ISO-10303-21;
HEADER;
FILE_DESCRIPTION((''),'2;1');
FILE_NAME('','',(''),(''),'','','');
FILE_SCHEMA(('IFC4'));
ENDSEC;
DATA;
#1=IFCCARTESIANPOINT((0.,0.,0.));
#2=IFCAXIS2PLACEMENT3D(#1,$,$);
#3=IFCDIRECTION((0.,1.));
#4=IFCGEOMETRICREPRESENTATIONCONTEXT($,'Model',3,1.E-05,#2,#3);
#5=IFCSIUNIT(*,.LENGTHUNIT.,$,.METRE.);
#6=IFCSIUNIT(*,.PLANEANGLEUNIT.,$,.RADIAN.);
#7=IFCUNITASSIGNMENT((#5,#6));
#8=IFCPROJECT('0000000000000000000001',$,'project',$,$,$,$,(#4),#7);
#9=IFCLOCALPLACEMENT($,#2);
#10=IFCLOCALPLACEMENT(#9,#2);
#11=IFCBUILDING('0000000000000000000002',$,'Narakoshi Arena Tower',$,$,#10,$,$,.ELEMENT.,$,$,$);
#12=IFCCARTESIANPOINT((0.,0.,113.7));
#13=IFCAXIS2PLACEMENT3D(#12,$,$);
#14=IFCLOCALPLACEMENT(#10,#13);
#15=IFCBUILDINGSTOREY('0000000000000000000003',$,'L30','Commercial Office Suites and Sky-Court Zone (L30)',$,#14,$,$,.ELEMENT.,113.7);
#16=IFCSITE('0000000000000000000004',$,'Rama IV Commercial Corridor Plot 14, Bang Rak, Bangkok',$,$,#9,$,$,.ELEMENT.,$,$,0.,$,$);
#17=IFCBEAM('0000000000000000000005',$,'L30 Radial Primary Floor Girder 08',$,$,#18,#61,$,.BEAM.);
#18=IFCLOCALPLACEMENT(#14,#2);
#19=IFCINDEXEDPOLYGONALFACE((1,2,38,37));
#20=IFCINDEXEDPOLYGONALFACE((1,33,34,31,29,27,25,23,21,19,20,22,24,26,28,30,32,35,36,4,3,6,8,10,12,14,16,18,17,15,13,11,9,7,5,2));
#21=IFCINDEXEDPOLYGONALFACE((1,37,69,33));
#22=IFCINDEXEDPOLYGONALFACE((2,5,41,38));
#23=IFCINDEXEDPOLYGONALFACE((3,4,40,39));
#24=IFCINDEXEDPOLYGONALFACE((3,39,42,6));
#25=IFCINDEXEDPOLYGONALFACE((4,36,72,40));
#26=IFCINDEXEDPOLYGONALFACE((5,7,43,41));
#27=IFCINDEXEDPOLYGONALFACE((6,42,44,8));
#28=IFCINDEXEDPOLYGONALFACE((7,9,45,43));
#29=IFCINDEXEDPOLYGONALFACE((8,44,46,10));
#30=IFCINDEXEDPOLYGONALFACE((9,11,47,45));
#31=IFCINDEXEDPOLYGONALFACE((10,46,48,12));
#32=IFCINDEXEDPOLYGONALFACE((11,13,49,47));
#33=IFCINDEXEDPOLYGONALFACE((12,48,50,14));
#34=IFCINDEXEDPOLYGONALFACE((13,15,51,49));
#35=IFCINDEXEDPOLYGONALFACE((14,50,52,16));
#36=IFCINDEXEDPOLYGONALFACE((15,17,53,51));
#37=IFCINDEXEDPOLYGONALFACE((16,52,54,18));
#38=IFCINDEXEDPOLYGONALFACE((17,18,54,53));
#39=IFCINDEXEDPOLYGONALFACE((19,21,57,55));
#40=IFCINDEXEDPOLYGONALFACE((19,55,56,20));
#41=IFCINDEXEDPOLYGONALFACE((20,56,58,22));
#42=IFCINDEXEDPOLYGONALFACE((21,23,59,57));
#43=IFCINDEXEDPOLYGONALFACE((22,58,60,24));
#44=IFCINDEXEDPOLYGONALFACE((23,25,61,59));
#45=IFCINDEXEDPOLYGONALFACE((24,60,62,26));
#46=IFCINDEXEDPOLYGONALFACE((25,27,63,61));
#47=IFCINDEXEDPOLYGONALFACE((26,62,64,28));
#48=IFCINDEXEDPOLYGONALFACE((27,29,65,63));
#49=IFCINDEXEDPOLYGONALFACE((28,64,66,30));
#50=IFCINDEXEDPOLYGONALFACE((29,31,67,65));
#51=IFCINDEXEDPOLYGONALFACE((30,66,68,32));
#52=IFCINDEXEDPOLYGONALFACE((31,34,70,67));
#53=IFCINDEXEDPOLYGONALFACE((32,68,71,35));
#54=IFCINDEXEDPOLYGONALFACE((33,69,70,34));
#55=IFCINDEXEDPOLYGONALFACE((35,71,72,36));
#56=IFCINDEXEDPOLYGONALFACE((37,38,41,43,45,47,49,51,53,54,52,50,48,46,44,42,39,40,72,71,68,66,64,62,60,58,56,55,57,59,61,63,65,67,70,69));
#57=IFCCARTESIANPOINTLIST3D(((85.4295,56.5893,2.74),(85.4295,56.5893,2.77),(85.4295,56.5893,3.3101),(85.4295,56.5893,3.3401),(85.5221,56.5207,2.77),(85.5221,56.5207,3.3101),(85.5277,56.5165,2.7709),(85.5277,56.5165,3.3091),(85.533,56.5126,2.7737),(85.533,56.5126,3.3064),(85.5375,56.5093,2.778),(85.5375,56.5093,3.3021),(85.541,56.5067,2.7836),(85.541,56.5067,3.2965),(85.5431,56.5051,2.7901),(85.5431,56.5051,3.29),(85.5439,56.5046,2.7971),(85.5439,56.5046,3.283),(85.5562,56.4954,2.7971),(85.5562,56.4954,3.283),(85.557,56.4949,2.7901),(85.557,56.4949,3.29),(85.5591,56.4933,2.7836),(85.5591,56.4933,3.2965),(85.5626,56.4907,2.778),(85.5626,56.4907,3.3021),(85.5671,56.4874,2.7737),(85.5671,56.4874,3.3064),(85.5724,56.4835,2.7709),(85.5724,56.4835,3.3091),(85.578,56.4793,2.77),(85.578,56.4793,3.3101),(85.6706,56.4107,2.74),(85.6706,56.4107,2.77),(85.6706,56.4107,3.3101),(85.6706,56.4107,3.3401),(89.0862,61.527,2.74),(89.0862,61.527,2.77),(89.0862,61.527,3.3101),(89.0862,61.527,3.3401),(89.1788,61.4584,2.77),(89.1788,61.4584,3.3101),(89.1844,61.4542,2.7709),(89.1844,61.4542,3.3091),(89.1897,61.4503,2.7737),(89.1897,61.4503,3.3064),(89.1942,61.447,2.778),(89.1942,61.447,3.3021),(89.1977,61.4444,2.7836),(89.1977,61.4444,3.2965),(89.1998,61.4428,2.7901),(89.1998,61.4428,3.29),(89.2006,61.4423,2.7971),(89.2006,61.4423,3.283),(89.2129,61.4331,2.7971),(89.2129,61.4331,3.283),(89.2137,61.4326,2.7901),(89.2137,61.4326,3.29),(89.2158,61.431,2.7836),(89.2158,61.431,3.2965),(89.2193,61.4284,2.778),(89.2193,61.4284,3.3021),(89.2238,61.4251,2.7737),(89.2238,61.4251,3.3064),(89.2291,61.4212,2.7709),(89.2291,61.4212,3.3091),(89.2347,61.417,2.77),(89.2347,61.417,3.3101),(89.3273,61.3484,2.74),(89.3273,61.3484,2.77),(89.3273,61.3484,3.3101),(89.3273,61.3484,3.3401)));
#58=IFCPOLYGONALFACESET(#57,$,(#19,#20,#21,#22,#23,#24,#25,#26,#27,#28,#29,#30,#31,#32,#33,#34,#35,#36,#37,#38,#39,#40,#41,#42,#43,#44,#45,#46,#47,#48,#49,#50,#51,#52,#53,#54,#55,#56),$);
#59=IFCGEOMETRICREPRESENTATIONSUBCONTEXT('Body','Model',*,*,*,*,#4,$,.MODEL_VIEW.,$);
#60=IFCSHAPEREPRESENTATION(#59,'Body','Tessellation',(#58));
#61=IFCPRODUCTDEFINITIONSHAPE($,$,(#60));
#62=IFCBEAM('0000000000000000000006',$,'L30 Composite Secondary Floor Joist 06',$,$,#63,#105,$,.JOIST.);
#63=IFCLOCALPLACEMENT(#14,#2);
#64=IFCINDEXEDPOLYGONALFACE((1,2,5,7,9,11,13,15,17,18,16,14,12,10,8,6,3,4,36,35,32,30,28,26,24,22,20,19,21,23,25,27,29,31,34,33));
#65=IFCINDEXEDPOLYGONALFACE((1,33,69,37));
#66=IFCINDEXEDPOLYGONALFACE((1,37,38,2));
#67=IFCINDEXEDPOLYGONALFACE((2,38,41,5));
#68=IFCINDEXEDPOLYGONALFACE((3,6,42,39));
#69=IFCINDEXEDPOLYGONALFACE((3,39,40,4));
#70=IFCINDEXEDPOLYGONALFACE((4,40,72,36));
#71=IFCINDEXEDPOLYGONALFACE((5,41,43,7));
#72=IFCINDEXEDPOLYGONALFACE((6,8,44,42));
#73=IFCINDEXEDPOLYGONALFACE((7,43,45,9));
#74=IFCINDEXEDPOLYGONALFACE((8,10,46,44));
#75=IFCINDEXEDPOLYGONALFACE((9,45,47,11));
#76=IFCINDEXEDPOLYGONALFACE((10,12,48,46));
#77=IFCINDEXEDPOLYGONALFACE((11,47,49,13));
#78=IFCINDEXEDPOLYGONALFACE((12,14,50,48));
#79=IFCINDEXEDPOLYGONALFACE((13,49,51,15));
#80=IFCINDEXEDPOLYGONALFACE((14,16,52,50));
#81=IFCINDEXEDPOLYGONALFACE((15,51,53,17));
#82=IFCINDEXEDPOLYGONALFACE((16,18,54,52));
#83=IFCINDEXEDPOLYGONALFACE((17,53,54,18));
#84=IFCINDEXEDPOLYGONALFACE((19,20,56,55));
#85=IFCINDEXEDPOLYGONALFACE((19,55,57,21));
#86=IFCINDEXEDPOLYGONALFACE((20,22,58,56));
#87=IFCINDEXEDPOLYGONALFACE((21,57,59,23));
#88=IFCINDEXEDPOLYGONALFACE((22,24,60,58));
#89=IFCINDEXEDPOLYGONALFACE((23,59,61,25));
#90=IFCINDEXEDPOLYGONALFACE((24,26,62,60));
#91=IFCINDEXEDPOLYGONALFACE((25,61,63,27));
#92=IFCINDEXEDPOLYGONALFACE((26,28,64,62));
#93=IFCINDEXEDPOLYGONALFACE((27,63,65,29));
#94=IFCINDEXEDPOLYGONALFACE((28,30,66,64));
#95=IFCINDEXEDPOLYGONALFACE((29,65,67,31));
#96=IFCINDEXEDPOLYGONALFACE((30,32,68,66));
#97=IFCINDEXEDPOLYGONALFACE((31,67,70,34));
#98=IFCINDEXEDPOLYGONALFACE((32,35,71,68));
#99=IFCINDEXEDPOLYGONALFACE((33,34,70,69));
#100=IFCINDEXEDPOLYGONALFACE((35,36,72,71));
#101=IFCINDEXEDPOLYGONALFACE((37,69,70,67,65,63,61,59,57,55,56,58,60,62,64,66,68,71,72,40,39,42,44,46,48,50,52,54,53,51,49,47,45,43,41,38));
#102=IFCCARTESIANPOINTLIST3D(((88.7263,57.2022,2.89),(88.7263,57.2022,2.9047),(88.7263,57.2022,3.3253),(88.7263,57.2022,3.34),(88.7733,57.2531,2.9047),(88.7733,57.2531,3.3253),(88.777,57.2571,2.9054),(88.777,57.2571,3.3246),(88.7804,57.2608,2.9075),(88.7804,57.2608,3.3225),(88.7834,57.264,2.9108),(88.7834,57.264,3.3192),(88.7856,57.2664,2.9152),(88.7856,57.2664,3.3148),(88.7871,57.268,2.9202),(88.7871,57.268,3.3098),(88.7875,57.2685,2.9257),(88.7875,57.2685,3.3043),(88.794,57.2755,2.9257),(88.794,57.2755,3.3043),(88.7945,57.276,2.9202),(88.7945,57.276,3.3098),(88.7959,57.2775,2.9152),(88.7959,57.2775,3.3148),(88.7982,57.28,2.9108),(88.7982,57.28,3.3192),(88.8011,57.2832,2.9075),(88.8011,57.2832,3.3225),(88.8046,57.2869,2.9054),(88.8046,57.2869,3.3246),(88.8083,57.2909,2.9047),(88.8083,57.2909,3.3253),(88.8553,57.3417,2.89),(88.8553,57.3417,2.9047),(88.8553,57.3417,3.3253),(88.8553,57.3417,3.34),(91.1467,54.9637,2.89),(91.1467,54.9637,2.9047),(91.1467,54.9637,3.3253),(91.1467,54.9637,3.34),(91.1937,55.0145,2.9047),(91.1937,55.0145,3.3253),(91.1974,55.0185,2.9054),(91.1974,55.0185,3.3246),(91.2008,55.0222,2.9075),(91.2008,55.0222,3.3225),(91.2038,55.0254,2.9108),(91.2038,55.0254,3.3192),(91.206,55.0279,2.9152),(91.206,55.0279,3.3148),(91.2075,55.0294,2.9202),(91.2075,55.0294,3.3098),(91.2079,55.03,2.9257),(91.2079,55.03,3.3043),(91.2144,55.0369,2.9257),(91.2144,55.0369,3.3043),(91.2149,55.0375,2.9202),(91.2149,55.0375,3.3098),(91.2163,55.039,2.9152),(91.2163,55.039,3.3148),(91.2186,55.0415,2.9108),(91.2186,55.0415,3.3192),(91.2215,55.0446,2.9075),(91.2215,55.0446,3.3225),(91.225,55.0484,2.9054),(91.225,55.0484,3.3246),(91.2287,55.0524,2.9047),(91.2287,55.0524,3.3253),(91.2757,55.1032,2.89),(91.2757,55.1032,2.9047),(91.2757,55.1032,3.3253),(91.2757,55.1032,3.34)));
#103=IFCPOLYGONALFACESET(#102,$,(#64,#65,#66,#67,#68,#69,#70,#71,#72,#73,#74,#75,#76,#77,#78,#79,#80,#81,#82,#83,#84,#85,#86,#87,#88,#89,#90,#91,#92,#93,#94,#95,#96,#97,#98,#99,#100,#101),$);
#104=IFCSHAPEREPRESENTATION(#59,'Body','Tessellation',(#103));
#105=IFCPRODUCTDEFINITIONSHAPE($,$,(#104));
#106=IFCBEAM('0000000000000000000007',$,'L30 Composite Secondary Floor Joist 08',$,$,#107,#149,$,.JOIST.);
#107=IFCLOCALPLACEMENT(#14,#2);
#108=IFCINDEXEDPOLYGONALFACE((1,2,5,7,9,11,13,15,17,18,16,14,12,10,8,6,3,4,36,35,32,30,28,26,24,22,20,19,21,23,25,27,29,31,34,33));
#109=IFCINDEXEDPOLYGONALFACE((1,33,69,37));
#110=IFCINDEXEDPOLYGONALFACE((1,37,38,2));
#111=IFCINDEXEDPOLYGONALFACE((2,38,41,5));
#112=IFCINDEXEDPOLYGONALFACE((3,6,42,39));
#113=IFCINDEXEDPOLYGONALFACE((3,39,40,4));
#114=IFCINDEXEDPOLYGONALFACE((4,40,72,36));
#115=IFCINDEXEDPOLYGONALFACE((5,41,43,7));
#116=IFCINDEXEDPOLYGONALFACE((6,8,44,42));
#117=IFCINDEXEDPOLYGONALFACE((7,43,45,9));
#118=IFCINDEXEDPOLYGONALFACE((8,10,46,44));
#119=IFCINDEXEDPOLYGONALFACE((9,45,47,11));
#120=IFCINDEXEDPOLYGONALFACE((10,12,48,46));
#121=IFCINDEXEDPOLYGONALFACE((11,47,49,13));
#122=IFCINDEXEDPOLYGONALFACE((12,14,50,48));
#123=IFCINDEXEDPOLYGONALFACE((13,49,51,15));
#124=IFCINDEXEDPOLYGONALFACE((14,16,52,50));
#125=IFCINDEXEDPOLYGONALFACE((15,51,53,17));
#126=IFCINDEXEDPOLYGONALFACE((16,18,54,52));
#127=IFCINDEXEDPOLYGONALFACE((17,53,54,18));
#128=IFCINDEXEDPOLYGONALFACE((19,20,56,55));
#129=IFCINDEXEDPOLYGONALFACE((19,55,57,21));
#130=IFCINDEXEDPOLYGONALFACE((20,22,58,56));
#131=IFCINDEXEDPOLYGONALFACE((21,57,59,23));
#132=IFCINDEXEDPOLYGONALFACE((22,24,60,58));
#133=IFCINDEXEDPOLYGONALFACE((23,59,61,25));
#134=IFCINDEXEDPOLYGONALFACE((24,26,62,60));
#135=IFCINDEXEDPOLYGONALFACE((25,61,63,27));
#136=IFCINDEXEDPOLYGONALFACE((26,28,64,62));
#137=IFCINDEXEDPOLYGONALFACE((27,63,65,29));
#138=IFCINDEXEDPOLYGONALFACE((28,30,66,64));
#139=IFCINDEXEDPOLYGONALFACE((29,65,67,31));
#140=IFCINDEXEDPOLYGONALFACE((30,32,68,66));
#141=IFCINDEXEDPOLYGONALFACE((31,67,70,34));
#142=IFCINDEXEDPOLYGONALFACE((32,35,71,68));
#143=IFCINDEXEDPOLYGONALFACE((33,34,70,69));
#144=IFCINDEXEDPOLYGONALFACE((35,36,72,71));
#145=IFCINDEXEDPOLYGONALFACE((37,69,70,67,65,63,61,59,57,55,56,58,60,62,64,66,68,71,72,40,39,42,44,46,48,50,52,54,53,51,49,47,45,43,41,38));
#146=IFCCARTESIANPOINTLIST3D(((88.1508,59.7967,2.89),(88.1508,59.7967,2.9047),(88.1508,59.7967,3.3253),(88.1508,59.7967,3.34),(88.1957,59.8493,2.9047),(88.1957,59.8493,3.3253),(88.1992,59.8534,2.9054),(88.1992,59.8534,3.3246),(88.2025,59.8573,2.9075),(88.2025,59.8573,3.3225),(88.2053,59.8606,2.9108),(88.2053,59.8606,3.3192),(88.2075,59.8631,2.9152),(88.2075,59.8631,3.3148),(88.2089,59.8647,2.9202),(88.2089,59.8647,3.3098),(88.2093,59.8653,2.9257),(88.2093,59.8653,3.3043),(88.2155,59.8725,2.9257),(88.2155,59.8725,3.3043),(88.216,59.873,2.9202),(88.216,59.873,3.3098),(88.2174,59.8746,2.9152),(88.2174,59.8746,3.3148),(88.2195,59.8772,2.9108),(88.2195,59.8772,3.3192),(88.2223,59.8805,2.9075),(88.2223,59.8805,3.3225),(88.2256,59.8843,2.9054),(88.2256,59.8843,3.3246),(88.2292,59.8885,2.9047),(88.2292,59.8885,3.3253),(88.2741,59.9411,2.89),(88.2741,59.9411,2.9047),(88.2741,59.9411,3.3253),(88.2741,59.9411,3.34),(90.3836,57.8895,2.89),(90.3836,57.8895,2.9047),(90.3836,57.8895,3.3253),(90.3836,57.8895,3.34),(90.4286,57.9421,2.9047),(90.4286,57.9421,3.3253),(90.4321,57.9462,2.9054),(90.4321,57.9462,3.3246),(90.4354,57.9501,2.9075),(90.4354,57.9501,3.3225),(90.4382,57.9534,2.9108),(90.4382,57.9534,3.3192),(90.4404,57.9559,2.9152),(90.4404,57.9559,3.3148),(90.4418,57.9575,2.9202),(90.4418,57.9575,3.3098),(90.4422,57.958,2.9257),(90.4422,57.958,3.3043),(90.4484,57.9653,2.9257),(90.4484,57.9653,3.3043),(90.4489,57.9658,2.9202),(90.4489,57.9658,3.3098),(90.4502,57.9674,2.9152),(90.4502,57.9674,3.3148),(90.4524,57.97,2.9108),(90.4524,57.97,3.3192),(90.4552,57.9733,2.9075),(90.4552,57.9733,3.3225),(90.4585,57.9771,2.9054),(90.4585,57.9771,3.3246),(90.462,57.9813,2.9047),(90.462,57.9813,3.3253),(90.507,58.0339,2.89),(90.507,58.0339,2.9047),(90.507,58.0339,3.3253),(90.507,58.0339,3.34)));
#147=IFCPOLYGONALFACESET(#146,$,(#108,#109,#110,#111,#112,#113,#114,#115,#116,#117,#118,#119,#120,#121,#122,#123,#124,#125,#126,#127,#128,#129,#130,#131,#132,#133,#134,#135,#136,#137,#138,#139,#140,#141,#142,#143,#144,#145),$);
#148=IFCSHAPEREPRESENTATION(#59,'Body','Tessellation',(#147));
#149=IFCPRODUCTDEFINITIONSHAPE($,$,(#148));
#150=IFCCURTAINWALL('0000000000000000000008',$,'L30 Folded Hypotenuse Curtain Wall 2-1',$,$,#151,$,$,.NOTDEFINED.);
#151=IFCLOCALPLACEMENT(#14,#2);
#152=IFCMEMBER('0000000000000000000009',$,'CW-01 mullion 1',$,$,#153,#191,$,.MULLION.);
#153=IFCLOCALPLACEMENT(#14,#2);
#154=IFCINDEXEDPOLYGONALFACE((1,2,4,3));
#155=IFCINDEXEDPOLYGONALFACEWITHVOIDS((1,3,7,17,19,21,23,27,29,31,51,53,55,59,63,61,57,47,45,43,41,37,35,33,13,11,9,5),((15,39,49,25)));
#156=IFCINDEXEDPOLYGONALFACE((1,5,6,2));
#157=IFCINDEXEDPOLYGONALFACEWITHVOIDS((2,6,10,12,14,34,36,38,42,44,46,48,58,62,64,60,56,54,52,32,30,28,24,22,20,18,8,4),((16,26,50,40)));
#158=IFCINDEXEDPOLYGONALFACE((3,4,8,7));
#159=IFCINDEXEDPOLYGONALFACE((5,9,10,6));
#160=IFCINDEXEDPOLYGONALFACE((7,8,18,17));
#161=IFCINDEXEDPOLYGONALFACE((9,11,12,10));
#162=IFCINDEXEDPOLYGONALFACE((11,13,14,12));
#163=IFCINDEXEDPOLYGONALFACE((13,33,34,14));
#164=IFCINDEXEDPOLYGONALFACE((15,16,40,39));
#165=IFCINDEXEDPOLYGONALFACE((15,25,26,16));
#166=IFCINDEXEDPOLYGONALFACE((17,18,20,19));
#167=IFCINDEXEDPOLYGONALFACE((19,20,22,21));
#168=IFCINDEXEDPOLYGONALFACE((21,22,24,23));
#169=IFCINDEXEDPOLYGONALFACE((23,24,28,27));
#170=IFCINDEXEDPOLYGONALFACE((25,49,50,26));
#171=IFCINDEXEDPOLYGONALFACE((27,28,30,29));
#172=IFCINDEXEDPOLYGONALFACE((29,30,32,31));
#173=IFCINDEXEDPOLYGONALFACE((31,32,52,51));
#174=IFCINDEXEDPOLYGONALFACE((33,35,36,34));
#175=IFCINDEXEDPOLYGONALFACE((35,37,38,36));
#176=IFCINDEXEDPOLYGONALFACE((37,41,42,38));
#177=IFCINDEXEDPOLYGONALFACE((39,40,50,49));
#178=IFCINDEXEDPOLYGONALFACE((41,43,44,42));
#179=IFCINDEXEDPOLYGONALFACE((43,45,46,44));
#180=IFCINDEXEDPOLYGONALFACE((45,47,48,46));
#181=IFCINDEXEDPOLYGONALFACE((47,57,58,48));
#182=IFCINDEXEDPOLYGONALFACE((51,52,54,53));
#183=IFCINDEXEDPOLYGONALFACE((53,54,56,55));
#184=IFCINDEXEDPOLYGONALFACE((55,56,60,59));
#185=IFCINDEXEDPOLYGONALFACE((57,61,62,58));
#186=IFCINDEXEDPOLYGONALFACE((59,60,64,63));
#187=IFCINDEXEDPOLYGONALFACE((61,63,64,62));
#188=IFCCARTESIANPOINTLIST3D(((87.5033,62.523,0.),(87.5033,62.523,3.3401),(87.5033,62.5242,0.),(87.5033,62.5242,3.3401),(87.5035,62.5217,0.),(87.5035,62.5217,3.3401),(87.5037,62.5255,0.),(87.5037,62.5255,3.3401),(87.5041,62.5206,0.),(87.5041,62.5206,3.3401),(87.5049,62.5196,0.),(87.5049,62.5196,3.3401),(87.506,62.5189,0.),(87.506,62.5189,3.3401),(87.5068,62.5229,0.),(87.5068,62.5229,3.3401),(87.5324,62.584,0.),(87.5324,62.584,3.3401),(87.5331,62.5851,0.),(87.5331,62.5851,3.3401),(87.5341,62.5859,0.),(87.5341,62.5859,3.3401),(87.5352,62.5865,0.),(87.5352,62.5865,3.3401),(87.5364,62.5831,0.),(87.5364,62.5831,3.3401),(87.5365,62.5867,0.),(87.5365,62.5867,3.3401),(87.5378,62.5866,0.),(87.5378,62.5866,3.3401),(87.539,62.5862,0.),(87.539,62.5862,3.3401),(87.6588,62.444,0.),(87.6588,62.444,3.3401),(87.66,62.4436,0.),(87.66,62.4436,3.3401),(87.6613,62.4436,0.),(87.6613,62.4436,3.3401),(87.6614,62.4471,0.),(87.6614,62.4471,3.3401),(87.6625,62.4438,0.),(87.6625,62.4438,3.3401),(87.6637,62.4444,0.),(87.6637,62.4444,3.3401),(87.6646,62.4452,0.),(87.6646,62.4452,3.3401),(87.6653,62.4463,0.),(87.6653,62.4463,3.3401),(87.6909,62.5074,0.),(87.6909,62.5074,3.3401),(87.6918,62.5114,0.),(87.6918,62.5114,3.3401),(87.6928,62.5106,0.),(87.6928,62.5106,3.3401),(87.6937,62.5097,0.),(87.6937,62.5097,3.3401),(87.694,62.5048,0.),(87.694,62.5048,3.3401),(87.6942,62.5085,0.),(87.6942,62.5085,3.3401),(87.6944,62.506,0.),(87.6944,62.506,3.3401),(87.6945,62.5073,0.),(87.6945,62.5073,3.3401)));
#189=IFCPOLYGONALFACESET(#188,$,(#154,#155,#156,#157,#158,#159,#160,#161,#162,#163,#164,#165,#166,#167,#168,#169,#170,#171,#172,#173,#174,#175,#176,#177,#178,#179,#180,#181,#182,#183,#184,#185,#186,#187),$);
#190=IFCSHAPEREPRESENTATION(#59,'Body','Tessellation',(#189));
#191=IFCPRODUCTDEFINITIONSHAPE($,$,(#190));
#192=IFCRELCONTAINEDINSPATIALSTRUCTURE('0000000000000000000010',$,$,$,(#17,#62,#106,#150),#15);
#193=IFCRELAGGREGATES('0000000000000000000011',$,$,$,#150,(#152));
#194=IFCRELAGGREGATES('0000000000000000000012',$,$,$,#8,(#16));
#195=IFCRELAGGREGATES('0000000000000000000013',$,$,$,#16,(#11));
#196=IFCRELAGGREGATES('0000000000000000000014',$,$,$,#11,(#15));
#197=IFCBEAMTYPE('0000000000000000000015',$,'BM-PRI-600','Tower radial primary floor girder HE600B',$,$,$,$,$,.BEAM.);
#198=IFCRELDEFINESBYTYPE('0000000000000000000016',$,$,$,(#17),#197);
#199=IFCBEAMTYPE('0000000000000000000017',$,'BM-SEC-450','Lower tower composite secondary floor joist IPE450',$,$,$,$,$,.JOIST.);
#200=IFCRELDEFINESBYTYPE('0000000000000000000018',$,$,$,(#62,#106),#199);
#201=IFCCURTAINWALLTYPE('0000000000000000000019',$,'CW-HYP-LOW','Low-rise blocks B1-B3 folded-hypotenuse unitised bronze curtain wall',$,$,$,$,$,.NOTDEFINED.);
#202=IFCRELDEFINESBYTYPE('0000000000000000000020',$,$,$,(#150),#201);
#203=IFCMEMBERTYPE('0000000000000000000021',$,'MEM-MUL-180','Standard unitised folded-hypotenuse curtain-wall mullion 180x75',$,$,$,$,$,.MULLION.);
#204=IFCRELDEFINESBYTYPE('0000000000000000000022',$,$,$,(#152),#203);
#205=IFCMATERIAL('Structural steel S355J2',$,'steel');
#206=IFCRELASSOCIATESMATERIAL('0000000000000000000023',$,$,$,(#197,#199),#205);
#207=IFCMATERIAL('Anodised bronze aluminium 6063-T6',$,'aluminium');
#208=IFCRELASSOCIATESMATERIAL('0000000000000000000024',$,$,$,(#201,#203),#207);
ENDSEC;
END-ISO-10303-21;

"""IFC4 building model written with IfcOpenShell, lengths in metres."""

from ifc_helpers import new_model, si_unit, direction, frame, origin, origin_2d, place, context, subcontext, project, spatial, hollow_rectangle, i_section, extrude, material, material_profile, profile_set, type_object, element, aggregate, save


model = new_model("IFC4")

# Units and contexts
model_context = context("Model", 3, precision=1e-05, world=origin(), true_north=direction((0.0, 1.0)))
body_context = subcontext(model_context, "Body", "Model", "MODEL_VIEW")
ifc_project = project(units=[si_unit("LENGTHUNIT", "METRE"), si_unit("PLANEANGLEUNIT", "RADIAN")], contexts=[model_context])

# Site, building, storey
site_placement = place(None, origin())
site = spatial("IfcSite", under=ifc_project, at=site_placement, Name="Rama IV Commercial Corridor Plot 14, Bang Rak, Bangkok", CompositionType="ELEMENT", RefElevation=0.0)
building_placement = place(site_placement, origin())
building = spatial("IfcBuilding", under=site, at=building_placement, Name="Narakoshi Arena Tower", CompositionType="ELEMENT")
storey_placement = place(building_placement, frame((0.0, 0.0, 113.7)))
storey = spatial("IfcBuildingStorey", under=building, at=storey_placement, Name="L30", Description="Commercial Office Suites and Sky-Court Zone (L30)", CompositionType="ELEMENT", Elevation=113.7)

# Beams
ifc_material_1 = material(Name="Structural steel S355J2", Category="steel")
ifc_material_profile_1 = material_profile(ifc_material_1, i_section(OverallWidth=0.3, OverallDepth=0.6001, WebThickness=0.0154, FlangeThickness=0.03, FilletRadius=0.0271, at=origin_2d()), Name="HE600B")
ifc_profile_set_1 = profile_set([ifc_material_profile_1], Name="Structural steel S355J2")
beam_type_1 = type_object("IfcBeamType", Name="BM-PRI-600", Description="Tower radial primary floor girder HE600B", PredefinedType="BEAM", material=ifc_profile_set_1)
beam_1_placement = place(storey_placement, frame((85.55, 56.5, 3.04), z_axis=(0.595138, 0.803623, 0.0), x_axis=(-0.803623, 0.595138, 0.0)))
element("IfcBeam", 1, at=beam_1_placement, inside=storey, type_object=beam_type_1, Name="L30 Radial Primary Floor Girder 08", PredefinedType="BEAM", context=body_context, shape_type="SweptSolid", body=[
    extrude(i_section(OverallWidth=0.3, OverallDepth=0.6001, WebThickness=0.0154, FlangeThickness=0.03, FilletRadius=0.0271, at=origin_2d()), origin(), (0.0, 0.0, 1.0), 6.1443),
])
ifc_material_profile_2 = material_profile(ifc_material_1, i_section(OverallWidth=0.1899, OverallDepth=0.45, WebThickness=0.0095, FlangeThickness=0.0146, FilletRadius=0.021, at=origin_2d()), Name="IPE450")
ifc_profile_set_2 = profile_set([ifc_material_profile_2], Name="Structural steel S355J2")
beam_type_2 = type_object("IfcBeamType", Name="BM-SEC-450", Description="Lower tower composite secondary floor joist IPE450", PredefinedType="JOIST", material=ifc_profile_set_2)
beam_2_placement = place(storey_placement, frame((91.2112, 55.0334, 3.115), z_axis=(-0.734153, 0.678984, 0.0), x_axis=(-0.678984, -0.734153, 0.0)))
element("IfcBeam", 2, at=beam_2_placement, inside=storey, type_object=beam_type_2, Name="L30 Composite Secondary Floor Joist 06", PredefinedType="JOIST", context=body_context, shape_type="SweptSolid", body=[
    extrude(i_section(OverallWidth=0.1899, OverallDepth=0.45, WebThickness=0.0095, FlangeThickness=0.0146, FilletRadius=0.021, at=origin_2d()), origin(), (0.0, 0.0, 1.0), 3.2969),
])
beam_3_placement = place(storey_placement, frame((90.4453, 57.9617, 3.115), z_axis=(-0.760382, 0.649476, 0.0), x_axis=(-0.649476, -0.760382, 0.0)))
element("IfcBeam", 3, at=beam_3_placement, inside=storey, type_object=beam_type_2, Name="L30 Composite Secondary Floor Joist 08", PredefinedType="JOIST", context=body_context, shape_type="SweptSolid", body=[
    extrude(i_section(OverallWidth=0.1899, OverallDepth=0.45, WebThickness=0.0095, FlangeThickness=0.0146, FilletRadius=0.021, at=origin_2d()), origin(), (0.0, 0.0, 1.0), 2.9365),
])

# Curtain wall, member
ifc_material_2 = material(Name="Anodised bronze aluminium 6063-T6", Category="aluminium")
curtain_wall_type = type_object("IfcCurtainWallType", Name="CW-HYP-LOW", Description="Low-rise blocks B1-B3 folded-hypotenuse unitised bronze curtain wall", PredefinedType="NOTDEFINED", material=ifc_material_2)
curtain_wall_placement = place(storey_placement, origin())
curtain_wall = element("IfcCurtainWall", 4, at=curtain_wall_placement, inside=storey, type_object=curtain_wall_type, Name="L30 Folded Hypotenuse Curtain Wall 2-1", PredefinedType="NOTDEFINED")
ifc_material_profile_3 = material_profile(ifc_material_2, hollow_rectangle(XDim=0.075, YDim=0.1799, WallThickness=0.0039, OuterFilletRadius=0.0049, at=origin_2d()), Name="MUL180x75x4")
ifc_profile_set_3 = profile_set([ifc_material_profile_3], Name="Anodised bronze aluminium 6063-T6")
member_type_1 = type_object("IfcMemberType", Name="MEM-MUL-180", Description="Standard unitised folded-hypotenuse curtain-wall mullion 180x75", PredefinedType="MULLION", material=ifc_profile_set_3)
member_1_placement = place(storey_placement, frame((87.5989, 62.5151, 0.0), z_axis=(0.0, 0.0, 1.0), x_axis=(-0.440005, -0.897996, 0.0)))
member_1 = element("IfcMember", 5, at=member_1_placement, type_object=member_type_1, Name="CW-01 mullion 1", PredefinedType="MULLION", context=body_context, shape_type="SweptSolid", body=[
    extrude(hollow_rectangle(XDim=0.075, YDim=0.1799, WallThickness=0.0039, OuterFilletRadius=0.0049, at=origin_2d()), origin(), (0.0, 0.0, 1.0), 3.3401),
])
aggregate(curtain_wall, [member_1])

save(model, "model.ifc")
